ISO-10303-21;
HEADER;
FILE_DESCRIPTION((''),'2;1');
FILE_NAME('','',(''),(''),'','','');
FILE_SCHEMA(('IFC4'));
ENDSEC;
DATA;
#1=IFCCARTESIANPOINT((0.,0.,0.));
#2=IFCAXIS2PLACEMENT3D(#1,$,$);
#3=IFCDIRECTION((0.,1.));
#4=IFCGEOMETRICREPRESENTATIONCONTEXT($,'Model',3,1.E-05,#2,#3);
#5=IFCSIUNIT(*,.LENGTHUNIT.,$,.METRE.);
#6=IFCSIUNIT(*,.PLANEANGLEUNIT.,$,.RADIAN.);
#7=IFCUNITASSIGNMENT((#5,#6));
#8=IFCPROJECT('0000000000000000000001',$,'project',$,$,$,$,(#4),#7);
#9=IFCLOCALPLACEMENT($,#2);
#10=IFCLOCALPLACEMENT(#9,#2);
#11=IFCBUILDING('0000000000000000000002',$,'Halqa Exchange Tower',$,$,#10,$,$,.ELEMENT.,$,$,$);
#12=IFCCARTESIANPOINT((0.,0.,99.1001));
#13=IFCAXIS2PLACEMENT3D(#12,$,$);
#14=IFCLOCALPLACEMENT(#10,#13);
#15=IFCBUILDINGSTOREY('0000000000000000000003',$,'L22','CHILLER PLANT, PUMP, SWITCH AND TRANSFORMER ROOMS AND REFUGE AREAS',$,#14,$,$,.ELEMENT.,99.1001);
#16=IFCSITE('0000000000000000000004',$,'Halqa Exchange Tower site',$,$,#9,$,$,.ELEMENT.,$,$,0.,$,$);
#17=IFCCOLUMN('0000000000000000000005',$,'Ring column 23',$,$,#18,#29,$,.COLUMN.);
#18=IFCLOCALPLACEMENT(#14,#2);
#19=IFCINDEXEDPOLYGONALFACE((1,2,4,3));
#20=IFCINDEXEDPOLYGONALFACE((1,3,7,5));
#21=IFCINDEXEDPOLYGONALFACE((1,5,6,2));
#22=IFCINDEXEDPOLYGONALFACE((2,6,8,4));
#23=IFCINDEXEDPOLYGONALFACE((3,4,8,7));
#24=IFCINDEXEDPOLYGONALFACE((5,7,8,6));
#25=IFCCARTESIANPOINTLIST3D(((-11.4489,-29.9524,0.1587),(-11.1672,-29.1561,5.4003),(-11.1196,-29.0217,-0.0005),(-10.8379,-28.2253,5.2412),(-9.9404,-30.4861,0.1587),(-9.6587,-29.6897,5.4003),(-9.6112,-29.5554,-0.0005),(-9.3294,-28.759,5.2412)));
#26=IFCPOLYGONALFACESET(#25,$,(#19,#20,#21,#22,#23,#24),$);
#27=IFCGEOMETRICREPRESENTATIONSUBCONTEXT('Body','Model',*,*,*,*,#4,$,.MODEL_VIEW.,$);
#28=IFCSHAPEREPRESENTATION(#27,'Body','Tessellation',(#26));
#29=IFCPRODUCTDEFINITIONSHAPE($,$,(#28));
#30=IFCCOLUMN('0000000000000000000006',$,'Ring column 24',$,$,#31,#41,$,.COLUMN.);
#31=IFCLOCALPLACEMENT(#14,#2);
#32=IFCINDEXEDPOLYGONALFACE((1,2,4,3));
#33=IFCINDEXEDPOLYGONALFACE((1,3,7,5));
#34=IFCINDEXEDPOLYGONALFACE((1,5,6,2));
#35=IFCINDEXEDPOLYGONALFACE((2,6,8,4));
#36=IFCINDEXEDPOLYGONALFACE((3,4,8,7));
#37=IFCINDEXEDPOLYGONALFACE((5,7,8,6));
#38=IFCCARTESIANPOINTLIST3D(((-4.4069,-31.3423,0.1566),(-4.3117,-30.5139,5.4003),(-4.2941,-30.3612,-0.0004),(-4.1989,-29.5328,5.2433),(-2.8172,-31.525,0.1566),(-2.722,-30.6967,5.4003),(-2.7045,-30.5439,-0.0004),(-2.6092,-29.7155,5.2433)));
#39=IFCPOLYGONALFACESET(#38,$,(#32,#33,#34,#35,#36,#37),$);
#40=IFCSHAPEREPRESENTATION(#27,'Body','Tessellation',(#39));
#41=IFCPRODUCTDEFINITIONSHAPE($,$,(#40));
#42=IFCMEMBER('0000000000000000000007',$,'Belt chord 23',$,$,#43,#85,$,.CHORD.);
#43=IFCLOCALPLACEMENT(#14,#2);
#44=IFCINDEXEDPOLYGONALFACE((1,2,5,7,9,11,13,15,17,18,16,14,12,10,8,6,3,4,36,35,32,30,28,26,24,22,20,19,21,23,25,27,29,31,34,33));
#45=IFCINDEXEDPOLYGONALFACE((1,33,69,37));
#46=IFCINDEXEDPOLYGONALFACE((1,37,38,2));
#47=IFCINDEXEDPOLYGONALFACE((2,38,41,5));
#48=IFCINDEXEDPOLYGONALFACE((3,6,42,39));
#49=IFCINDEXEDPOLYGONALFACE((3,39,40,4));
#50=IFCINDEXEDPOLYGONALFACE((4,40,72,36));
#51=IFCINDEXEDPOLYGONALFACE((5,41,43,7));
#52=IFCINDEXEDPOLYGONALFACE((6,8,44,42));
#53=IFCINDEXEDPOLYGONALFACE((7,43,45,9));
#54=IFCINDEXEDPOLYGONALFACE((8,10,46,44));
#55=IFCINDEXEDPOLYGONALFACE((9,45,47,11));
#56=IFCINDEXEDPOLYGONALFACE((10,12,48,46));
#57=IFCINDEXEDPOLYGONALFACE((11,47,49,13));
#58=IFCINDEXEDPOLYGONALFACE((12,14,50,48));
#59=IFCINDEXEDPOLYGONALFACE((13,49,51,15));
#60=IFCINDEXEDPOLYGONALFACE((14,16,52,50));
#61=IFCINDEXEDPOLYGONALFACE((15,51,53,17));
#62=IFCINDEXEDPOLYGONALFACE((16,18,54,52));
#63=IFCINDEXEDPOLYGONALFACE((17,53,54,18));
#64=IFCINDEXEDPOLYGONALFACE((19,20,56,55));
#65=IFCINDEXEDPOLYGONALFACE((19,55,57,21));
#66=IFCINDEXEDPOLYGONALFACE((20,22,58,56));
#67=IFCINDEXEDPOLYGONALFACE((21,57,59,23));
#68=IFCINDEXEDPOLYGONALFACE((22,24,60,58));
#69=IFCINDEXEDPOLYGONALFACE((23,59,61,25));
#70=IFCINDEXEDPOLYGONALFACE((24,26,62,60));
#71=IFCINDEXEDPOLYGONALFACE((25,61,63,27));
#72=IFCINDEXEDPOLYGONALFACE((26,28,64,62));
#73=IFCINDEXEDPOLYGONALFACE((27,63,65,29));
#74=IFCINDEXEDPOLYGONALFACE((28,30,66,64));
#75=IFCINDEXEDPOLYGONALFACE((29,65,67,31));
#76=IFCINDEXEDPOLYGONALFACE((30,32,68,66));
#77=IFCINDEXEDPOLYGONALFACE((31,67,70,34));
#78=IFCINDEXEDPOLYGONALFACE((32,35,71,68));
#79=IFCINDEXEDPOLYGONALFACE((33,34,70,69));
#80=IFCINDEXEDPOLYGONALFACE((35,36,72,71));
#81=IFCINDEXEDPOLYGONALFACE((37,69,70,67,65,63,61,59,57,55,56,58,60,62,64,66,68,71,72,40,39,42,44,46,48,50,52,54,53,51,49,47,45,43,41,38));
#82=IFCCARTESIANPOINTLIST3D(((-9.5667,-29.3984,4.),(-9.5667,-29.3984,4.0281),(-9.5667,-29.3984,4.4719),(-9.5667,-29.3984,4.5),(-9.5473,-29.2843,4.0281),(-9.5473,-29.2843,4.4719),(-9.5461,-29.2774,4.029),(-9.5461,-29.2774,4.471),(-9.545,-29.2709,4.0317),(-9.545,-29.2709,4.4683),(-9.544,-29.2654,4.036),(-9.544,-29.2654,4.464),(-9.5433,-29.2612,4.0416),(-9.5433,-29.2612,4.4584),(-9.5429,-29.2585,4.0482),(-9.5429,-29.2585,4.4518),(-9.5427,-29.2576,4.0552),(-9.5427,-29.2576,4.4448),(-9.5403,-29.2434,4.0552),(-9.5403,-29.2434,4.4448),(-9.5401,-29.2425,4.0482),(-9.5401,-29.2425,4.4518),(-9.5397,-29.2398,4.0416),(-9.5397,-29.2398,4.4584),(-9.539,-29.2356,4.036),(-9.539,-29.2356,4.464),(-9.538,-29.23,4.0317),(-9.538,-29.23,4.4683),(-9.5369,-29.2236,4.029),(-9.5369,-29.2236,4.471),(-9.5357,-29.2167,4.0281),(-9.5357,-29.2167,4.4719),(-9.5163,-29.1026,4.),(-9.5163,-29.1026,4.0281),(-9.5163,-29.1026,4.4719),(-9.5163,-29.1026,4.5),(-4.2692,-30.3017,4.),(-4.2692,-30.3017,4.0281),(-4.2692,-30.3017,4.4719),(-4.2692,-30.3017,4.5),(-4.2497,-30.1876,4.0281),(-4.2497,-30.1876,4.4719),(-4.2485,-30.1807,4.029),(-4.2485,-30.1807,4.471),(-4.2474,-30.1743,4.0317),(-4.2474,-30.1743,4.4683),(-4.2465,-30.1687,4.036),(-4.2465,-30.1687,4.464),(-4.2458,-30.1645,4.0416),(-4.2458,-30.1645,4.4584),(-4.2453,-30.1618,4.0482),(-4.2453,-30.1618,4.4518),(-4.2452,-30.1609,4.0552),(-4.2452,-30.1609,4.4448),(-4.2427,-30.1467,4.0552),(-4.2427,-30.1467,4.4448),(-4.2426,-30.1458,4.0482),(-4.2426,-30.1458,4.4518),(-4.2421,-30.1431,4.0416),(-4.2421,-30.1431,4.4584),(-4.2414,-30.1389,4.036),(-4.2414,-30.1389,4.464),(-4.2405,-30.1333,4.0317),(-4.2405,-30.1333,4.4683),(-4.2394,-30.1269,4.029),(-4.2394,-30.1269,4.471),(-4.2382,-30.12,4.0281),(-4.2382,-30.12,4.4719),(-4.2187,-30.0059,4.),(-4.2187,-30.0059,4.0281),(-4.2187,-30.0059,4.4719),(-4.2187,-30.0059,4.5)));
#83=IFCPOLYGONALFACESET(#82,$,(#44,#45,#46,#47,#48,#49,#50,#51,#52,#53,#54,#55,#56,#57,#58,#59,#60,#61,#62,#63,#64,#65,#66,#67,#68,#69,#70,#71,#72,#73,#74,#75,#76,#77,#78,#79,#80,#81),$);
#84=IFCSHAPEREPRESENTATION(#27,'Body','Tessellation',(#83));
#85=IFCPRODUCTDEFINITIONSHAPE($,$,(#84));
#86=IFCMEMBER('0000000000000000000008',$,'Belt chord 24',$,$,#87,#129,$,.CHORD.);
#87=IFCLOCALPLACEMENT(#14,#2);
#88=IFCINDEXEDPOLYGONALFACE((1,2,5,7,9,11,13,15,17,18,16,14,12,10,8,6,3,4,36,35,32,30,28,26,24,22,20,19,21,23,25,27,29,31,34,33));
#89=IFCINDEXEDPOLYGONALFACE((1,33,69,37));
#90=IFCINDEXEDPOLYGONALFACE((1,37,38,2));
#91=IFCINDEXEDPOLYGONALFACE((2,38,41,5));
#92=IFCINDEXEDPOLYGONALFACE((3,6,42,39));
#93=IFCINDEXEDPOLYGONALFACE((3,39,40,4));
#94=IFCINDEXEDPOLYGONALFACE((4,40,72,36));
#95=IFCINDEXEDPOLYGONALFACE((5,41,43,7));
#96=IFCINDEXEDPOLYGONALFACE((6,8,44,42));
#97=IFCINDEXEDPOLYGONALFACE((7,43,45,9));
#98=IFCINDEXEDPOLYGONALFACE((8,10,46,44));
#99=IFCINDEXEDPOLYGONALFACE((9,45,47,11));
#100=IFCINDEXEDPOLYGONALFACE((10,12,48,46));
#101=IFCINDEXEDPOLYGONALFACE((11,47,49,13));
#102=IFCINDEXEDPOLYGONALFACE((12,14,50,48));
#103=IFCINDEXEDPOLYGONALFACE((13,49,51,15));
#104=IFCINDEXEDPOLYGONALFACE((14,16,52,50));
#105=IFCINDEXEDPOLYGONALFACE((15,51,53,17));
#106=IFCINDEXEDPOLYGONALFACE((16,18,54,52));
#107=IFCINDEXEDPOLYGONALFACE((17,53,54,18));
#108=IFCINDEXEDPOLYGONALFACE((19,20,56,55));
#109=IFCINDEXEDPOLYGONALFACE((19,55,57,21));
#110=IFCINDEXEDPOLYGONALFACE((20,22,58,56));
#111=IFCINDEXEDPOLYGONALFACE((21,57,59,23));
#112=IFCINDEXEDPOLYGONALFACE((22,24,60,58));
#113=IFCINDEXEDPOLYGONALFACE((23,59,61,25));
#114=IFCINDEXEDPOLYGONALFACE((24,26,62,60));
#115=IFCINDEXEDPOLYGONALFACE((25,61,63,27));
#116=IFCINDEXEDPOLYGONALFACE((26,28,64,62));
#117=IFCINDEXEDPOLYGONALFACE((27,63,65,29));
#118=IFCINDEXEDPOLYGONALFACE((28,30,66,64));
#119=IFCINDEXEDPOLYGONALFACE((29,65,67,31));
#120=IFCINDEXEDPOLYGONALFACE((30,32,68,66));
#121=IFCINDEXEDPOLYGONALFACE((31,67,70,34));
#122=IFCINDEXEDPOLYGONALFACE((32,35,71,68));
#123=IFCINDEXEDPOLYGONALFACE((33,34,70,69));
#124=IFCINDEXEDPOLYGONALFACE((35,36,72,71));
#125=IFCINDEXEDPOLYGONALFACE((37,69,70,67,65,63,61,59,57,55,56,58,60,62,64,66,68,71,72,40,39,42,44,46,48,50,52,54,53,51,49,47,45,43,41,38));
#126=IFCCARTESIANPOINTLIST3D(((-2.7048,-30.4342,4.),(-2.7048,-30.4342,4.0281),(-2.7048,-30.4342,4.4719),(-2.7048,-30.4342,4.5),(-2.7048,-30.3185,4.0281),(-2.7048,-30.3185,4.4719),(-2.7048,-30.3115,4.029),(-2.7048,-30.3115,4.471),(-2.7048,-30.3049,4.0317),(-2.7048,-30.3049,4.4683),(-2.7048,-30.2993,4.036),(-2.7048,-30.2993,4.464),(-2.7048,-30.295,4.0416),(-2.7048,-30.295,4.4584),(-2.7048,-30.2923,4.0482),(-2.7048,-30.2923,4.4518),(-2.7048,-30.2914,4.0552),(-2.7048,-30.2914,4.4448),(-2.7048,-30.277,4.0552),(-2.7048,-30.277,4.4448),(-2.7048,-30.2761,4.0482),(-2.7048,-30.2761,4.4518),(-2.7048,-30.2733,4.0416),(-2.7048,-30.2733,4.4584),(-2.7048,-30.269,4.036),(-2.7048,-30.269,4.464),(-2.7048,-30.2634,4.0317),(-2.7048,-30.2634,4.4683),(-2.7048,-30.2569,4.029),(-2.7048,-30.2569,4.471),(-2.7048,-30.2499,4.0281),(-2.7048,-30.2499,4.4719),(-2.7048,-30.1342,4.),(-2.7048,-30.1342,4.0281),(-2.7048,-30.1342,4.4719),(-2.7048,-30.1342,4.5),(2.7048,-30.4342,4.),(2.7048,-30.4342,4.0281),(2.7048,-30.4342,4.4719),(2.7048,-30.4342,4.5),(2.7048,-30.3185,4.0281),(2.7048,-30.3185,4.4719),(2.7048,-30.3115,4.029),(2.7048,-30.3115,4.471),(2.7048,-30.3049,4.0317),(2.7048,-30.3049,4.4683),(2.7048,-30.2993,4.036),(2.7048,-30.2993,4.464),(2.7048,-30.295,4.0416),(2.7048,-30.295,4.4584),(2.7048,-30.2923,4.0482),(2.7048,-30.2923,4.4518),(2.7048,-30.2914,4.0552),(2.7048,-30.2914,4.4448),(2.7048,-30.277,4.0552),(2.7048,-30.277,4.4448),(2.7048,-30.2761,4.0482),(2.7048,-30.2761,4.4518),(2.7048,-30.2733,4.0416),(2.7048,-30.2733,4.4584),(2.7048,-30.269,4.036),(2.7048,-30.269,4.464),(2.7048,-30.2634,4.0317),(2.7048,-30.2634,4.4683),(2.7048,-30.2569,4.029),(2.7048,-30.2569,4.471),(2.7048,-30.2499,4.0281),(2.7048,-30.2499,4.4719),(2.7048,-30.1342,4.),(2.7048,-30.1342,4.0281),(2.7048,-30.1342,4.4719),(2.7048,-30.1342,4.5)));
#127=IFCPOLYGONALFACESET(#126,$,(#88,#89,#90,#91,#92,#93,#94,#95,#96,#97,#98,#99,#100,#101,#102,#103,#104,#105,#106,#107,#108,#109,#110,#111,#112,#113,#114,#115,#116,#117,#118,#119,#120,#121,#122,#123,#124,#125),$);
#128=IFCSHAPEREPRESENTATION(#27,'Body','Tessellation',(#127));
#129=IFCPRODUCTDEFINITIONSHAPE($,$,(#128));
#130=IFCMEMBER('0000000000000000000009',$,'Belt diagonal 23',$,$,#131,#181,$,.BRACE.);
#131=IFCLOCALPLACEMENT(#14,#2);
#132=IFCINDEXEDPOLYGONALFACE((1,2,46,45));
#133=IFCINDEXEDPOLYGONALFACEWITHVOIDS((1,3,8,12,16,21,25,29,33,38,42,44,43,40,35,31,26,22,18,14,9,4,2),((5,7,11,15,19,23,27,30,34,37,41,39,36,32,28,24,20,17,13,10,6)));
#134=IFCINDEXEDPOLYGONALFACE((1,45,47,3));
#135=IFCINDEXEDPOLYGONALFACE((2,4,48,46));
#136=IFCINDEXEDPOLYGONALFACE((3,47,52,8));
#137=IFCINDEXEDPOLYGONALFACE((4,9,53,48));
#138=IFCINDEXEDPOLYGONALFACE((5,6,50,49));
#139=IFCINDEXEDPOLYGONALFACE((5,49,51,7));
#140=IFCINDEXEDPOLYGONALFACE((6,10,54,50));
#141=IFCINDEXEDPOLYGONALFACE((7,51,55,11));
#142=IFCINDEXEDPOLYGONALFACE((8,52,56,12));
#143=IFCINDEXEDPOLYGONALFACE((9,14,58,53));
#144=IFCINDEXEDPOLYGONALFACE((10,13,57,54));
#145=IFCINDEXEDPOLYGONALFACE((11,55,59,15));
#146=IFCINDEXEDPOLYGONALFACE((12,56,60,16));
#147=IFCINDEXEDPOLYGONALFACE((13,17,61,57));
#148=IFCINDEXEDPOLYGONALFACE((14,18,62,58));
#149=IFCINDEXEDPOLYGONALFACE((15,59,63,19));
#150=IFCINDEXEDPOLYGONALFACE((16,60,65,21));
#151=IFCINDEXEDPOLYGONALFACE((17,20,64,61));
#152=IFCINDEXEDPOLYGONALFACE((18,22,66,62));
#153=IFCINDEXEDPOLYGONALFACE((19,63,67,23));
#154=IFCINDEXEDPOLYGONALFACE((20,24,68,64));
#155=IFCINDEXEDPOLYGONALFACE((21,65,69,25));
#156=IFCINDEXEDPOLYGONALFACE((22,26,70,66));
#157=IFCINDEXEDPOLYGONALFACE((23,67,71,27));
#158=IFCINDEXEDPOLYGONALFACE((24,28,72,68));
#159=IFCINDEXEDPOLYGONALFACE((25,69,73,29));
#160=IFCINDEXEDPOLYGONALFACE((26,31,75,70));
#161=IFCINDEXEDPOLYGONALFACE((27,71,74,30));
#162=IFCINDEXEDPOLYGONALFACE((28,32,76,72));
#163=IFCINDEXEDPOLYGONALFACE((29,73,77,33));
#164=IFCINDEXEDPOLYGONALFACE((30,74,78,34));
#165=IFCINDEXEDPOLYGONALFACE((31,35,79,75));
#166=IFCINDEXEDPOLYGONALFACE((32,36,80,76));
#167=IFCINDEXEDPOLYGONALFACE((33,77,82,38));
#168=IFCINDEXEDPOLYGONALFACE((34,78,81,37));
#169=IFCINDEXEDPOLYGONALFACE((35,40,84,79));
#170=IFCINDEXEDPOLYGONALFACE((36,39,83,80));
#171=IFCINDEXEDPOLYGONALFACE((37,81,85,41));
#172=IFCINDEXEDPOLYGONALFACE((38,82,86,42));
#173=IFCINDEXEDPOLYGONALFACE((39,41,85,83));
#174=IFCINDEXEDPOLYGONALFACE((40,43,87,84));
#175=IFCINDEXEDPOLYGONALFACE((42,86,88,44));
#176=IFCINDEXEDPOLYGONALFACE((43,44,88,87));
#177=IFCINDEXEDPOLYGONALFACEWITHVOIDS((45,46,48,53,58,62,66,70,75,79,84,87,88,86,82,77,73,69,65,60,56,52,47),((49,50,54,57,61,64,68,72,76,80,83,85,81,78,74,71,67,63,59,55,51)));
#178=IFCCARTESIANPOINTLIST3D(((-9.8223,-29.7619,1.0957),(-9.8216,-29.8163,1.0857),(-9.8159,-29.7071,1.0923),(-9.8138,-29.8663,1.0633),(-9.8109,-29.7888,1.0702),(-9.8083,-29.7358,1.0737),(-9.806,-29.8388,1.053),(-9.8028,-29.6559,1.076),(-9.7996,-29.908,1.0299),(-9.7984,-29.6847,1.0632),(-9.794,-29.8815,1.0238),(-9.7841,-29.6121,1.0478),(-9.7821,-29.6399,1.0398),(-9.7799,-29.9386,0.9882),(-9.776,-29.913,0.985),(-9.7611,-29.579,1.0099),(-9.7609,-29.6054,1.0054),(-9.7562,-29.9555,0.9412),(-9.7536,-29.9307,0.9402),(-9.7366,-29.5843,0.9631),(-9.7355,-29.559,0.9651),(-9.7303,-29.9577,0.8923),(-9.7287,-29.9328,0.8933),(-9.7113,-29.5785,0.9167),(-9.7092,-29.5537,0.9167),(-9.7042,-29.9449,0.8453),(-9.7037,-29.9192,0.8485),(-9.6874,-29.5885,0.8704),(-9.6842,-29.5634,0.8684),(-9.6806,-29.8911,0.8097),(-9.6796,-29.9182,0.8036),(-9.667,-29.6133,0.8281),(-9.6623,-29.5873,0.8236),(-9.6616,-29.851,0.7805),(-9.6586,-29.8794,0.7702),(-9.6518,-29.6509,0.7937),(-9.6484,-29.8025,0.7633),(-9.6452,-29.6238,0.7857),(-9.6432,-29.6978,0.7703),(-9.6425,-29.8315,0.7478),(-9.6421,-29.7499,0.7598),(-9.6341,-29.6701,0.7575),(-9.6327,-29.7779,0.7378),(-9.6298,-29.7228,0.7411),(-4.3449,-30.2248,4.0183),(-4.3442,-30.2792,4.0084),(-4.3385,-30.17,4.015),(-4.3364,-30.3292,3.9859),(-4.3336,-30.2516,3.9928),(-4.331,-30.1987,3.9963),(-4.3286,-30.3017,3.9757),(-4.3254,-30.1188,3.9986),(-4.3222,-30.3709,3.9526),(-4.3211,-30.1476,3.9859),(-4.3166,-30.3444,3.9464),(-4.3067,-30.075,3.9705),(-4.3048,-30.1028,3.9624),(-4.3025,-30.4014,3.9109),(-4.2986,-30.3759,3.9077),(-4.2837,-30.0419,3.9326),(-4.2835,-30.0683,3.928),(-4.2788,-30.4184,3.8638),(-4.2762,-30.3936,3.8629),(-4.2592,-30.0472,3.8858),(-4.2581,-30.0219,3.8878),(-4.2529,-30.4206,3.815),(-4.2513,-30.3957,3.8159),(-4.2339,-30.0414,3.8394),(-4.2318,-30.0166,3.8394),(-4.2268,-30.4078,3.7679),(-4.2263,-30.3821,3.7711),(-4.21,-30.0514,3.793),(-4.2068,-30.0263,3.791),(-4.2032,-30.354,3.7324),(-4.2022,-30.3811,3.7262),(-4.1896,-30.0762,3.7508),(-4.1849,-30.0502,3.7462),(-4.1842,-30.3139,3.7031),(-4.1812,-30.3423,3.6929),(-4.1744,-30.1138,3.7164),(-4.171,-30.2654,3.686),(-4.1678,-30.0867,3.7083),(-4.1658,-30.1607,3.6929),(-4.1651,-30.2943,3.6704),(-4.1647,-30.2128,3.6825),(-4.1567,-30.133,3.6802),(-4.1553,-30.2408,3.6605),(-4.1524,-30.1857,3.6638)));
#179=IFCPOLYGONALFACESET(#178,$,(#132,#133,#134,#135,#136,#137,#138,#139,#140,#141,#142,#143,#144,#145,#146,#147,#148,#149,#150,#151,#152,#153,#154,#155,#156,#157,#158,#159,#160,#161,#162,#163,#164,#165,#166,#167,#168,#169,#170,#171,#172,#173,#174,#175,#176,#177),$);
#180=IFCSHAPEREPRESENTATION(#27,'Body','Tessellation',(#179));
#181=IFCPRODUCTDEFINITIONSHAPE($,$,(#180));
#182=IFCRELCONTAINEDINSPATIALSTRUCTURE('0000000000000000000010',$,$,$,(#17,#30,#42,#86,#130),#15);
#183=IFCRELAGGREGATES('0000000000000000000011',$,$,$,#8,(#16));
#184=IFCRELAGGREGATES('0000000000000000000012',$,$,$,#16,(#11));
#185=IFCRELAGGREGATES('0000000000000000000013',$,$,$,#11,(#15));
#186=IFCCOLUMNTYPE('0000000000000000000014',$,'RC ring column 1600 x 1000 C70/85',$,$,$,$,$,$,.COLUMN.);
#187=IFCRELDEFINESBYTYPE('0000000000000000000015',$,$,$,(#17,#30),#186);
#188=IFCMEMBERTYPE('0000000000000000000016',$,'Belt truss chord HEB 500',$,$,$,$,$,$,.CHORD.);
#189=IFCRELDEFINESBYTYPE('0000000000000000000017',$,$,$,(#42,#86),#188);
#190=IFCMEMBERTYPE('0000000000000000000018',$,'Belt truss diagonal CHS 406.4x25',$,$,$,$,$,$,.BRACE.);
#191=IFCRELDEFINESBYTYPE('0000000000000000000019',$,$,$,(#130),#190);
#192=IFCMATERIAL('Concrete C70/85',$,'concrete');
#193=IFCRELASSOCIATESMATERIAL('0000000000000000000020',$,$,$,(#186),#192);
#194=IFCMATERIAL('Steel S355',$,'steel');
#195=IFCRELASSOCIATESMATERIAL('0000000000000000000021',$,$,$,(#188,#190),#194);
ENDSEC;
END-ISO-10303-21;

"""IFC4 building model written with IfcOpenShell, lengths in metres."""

from ifc_helpers import new_model, si_unit, direction, frame, origin, origin_2d, place, context, subcontext, project, spatial, rectangle, hollow_circle, i_section, extrude, material, material_profile, profile_set, type_object, element, save


model = new_model("IFC4")

# Units and contexts
model_context = context("Model", 3, precision=1e-05, world=origin(), true_north=direction((0.0, 1.0)))
body_context = subcontext(model_context, "Body", "Model", "MODEL_VIEW")
ifc_project = project(units=[si_unit("LENGTHUNIT", "METRE"), si_unit("PLANEANGLEUNIT", "RADIAN")], contexts=[model_context])

# Site, building, storey
site_placement = place(None, origin())
site = spatial("IfcSite", under=ifc_project, at=site_placement, Name="Halqa Exchange Tower site", CompositionType="ELEMENT", RefElevation=0.0)
building_placement = place(site_placement, origin())
building = spatial("IfcBuilding", under=site, at=building_placement, Name="Halqa Exchange Tower", CompositionType="ELEMENT")
storey_placement = place(building_placement, frame((0.0, 0.0, 99.1001)))
storey = spatial("IfcBuildingStorey", under=building, at=storey_placement, Name="L22", Description="CHILLER PLANT, PUMP, SWITCH AND TRANSFORMER ROOMS AND REFUGE AREAS", CompositionType="ELEMENT", Elevation=99.1001)

# Columns
ifc_material_1 = material(Name="Concrete C70/85", Category="concrete")
ifc_material_profile_1 = material_profile(ifc_material_1, rectangle(XDim=1.6001, YDim=1.0, at=origin_2d()), Name="1600 x 1000")
ifc_profile_set_1 = profile_set([ifc_material_profile_1], Name="Concrete C70/85")
column_type = type_object("IfcColumnType", Name="RC ring column 1600 x 1000 C70/85", PredefinedType="COLUMN", material=ifc_profile_set_1)
column_1_placement = place(storey_placement, frame((-10.53, -29.7539, 0.0791), z_axis=(0.053065, 0.149998, 0.987261), x_axis=(-0.942745, 0.333515, 0.0)))
element("IfcColumn", 1, at=column_1_placement, inside=storey, type_object=column_type, Name="Ring column 23", PredefinedType="COLUMN", context=body_context, shape_type="SweptSolid", body=[
    extrude(rectangle(XDim=1.6001, YDim=1.0, at=origin_2d()), origin(), (0.0, 0.0, 1.0), 5.3093),
])
column_2_placement = place(storey_placement, frame((-3.5557, -30.9431, 0.0781), z_axis=(0.017933, 0.156015, 0.987592), x_axis=(-0.993459, 0.114191, 0.0)))
element("IfcColumn", 2, at=column_2_placement, inside=storey, type_object=column_type, Name="Ring column 24", PredefinedType="COLUMN", context=body_context, shape_type="SweptSolid", body=[
    extrude(rectangle(XDim=1.6001, YDim=1.0, at=origin_2d()), origin(), (0.0, 0.0, 1.0), 5.3096),
])

# Members
ifc_material_2 = material(Name="Steel S355", Category="steel")
ifc_material_profile_2 = material_profile(ifc_material_2, i_section(OverallWidth=0.3, OverallDepth=0.5, WebThickness=0.0144, FlangeThickness=0.0281, FilletRadius=0.0271, at=origin_2d()), Name="HEB 500")
ifc_profile_set_2 = profile_set([ifc_material_profile_2], Name="Steel S355")
member_type_1 = type_object("IfcMemberType", Name="Belt truss chord HEB 500", PredefinedType="CHORD", material=ifc_profile_set_2)
member_1_placement = place(storey_placement, frame((-9.5415, -29.2505, 4.25), z_axis=(0.985772, -0.168089, 0.0), x_axis=(0.168089, 0.985772, 0.0)))
element("IfcMember", 3, at=member_1_placement, inside=storey, type_object=member_type_1, Name="Belt chord 23", PredefinedType="CHORD", context=body_context, shape_type="SweptSolid", body=[
    extrude(i_section(OverallWidth=0.3, OverallDepth=0.5, WebThickness=0.0144, FlangeThickness=0.0281, FilletRadius=0.0271, at=origin_2d()), origin(), (0.0, 0.0, 1.0), 5.374),
])
member_2_placement = place(storey_placement, frame((-2.7048, -30.2842, 4.25), z_axis=(1.0, 0.0, 0.0), x_axis=(0.0, 1.0, 0.0)))
element("IfcMember", 4, at=member_2_placement, inside=storey, type_object=member_type_1, Name="Belt chord 24", PredefinedType="CHORD", context=body_context, shape_type="SweptSolid", body=[
    extrude(i_section(OverallWidth=0.3, OverallDepth=0.5, WebThickness=0.0144, FlangeThickness=0.0281, FilletRadius=0.0271, at=origin_2d()), origin(), (0.0, 0.0, 1.0), 5.4097),
])
ifc_material_profile_3 = material_profile(ifc_material_2, hollow_circle(Radius=0.2031, WallThickness=0.0249, at=origin_2d()), Name="CHS 406.4x25")
ifc_profile_set_3 = profile_set([ifc_material_profile_3], Name="Steel S355")
member_type_2 = type_object("IfcMemberType", Name="Belt truss diagonal CHS 406.4x25", PredefinedType="BRACE", material=ifc_profile_set_3)
member_3_placement = place(storey_placement, frame((-9.7263, -29.7561, 0.9167), z_axis=(0.879818, -0.074354, 0.469459), x_axis=(0.084211, 0.996448, 0.0)))
element("IfcMember", 5, at=member_3_placement, inside=storey, type_object=member_type_2, Name="Belt diagonal 23", PredefinedType="BRACE", context=body_context, shape_type="SweptSolid", body=[
    extrude(hollow_circle(Radius=0.2031, WallThickness=0.0249, at=origin_2d()), origin(), (0.0, 0.0, 1.0), 6.2256),
])

save(model, "model.ifc")
